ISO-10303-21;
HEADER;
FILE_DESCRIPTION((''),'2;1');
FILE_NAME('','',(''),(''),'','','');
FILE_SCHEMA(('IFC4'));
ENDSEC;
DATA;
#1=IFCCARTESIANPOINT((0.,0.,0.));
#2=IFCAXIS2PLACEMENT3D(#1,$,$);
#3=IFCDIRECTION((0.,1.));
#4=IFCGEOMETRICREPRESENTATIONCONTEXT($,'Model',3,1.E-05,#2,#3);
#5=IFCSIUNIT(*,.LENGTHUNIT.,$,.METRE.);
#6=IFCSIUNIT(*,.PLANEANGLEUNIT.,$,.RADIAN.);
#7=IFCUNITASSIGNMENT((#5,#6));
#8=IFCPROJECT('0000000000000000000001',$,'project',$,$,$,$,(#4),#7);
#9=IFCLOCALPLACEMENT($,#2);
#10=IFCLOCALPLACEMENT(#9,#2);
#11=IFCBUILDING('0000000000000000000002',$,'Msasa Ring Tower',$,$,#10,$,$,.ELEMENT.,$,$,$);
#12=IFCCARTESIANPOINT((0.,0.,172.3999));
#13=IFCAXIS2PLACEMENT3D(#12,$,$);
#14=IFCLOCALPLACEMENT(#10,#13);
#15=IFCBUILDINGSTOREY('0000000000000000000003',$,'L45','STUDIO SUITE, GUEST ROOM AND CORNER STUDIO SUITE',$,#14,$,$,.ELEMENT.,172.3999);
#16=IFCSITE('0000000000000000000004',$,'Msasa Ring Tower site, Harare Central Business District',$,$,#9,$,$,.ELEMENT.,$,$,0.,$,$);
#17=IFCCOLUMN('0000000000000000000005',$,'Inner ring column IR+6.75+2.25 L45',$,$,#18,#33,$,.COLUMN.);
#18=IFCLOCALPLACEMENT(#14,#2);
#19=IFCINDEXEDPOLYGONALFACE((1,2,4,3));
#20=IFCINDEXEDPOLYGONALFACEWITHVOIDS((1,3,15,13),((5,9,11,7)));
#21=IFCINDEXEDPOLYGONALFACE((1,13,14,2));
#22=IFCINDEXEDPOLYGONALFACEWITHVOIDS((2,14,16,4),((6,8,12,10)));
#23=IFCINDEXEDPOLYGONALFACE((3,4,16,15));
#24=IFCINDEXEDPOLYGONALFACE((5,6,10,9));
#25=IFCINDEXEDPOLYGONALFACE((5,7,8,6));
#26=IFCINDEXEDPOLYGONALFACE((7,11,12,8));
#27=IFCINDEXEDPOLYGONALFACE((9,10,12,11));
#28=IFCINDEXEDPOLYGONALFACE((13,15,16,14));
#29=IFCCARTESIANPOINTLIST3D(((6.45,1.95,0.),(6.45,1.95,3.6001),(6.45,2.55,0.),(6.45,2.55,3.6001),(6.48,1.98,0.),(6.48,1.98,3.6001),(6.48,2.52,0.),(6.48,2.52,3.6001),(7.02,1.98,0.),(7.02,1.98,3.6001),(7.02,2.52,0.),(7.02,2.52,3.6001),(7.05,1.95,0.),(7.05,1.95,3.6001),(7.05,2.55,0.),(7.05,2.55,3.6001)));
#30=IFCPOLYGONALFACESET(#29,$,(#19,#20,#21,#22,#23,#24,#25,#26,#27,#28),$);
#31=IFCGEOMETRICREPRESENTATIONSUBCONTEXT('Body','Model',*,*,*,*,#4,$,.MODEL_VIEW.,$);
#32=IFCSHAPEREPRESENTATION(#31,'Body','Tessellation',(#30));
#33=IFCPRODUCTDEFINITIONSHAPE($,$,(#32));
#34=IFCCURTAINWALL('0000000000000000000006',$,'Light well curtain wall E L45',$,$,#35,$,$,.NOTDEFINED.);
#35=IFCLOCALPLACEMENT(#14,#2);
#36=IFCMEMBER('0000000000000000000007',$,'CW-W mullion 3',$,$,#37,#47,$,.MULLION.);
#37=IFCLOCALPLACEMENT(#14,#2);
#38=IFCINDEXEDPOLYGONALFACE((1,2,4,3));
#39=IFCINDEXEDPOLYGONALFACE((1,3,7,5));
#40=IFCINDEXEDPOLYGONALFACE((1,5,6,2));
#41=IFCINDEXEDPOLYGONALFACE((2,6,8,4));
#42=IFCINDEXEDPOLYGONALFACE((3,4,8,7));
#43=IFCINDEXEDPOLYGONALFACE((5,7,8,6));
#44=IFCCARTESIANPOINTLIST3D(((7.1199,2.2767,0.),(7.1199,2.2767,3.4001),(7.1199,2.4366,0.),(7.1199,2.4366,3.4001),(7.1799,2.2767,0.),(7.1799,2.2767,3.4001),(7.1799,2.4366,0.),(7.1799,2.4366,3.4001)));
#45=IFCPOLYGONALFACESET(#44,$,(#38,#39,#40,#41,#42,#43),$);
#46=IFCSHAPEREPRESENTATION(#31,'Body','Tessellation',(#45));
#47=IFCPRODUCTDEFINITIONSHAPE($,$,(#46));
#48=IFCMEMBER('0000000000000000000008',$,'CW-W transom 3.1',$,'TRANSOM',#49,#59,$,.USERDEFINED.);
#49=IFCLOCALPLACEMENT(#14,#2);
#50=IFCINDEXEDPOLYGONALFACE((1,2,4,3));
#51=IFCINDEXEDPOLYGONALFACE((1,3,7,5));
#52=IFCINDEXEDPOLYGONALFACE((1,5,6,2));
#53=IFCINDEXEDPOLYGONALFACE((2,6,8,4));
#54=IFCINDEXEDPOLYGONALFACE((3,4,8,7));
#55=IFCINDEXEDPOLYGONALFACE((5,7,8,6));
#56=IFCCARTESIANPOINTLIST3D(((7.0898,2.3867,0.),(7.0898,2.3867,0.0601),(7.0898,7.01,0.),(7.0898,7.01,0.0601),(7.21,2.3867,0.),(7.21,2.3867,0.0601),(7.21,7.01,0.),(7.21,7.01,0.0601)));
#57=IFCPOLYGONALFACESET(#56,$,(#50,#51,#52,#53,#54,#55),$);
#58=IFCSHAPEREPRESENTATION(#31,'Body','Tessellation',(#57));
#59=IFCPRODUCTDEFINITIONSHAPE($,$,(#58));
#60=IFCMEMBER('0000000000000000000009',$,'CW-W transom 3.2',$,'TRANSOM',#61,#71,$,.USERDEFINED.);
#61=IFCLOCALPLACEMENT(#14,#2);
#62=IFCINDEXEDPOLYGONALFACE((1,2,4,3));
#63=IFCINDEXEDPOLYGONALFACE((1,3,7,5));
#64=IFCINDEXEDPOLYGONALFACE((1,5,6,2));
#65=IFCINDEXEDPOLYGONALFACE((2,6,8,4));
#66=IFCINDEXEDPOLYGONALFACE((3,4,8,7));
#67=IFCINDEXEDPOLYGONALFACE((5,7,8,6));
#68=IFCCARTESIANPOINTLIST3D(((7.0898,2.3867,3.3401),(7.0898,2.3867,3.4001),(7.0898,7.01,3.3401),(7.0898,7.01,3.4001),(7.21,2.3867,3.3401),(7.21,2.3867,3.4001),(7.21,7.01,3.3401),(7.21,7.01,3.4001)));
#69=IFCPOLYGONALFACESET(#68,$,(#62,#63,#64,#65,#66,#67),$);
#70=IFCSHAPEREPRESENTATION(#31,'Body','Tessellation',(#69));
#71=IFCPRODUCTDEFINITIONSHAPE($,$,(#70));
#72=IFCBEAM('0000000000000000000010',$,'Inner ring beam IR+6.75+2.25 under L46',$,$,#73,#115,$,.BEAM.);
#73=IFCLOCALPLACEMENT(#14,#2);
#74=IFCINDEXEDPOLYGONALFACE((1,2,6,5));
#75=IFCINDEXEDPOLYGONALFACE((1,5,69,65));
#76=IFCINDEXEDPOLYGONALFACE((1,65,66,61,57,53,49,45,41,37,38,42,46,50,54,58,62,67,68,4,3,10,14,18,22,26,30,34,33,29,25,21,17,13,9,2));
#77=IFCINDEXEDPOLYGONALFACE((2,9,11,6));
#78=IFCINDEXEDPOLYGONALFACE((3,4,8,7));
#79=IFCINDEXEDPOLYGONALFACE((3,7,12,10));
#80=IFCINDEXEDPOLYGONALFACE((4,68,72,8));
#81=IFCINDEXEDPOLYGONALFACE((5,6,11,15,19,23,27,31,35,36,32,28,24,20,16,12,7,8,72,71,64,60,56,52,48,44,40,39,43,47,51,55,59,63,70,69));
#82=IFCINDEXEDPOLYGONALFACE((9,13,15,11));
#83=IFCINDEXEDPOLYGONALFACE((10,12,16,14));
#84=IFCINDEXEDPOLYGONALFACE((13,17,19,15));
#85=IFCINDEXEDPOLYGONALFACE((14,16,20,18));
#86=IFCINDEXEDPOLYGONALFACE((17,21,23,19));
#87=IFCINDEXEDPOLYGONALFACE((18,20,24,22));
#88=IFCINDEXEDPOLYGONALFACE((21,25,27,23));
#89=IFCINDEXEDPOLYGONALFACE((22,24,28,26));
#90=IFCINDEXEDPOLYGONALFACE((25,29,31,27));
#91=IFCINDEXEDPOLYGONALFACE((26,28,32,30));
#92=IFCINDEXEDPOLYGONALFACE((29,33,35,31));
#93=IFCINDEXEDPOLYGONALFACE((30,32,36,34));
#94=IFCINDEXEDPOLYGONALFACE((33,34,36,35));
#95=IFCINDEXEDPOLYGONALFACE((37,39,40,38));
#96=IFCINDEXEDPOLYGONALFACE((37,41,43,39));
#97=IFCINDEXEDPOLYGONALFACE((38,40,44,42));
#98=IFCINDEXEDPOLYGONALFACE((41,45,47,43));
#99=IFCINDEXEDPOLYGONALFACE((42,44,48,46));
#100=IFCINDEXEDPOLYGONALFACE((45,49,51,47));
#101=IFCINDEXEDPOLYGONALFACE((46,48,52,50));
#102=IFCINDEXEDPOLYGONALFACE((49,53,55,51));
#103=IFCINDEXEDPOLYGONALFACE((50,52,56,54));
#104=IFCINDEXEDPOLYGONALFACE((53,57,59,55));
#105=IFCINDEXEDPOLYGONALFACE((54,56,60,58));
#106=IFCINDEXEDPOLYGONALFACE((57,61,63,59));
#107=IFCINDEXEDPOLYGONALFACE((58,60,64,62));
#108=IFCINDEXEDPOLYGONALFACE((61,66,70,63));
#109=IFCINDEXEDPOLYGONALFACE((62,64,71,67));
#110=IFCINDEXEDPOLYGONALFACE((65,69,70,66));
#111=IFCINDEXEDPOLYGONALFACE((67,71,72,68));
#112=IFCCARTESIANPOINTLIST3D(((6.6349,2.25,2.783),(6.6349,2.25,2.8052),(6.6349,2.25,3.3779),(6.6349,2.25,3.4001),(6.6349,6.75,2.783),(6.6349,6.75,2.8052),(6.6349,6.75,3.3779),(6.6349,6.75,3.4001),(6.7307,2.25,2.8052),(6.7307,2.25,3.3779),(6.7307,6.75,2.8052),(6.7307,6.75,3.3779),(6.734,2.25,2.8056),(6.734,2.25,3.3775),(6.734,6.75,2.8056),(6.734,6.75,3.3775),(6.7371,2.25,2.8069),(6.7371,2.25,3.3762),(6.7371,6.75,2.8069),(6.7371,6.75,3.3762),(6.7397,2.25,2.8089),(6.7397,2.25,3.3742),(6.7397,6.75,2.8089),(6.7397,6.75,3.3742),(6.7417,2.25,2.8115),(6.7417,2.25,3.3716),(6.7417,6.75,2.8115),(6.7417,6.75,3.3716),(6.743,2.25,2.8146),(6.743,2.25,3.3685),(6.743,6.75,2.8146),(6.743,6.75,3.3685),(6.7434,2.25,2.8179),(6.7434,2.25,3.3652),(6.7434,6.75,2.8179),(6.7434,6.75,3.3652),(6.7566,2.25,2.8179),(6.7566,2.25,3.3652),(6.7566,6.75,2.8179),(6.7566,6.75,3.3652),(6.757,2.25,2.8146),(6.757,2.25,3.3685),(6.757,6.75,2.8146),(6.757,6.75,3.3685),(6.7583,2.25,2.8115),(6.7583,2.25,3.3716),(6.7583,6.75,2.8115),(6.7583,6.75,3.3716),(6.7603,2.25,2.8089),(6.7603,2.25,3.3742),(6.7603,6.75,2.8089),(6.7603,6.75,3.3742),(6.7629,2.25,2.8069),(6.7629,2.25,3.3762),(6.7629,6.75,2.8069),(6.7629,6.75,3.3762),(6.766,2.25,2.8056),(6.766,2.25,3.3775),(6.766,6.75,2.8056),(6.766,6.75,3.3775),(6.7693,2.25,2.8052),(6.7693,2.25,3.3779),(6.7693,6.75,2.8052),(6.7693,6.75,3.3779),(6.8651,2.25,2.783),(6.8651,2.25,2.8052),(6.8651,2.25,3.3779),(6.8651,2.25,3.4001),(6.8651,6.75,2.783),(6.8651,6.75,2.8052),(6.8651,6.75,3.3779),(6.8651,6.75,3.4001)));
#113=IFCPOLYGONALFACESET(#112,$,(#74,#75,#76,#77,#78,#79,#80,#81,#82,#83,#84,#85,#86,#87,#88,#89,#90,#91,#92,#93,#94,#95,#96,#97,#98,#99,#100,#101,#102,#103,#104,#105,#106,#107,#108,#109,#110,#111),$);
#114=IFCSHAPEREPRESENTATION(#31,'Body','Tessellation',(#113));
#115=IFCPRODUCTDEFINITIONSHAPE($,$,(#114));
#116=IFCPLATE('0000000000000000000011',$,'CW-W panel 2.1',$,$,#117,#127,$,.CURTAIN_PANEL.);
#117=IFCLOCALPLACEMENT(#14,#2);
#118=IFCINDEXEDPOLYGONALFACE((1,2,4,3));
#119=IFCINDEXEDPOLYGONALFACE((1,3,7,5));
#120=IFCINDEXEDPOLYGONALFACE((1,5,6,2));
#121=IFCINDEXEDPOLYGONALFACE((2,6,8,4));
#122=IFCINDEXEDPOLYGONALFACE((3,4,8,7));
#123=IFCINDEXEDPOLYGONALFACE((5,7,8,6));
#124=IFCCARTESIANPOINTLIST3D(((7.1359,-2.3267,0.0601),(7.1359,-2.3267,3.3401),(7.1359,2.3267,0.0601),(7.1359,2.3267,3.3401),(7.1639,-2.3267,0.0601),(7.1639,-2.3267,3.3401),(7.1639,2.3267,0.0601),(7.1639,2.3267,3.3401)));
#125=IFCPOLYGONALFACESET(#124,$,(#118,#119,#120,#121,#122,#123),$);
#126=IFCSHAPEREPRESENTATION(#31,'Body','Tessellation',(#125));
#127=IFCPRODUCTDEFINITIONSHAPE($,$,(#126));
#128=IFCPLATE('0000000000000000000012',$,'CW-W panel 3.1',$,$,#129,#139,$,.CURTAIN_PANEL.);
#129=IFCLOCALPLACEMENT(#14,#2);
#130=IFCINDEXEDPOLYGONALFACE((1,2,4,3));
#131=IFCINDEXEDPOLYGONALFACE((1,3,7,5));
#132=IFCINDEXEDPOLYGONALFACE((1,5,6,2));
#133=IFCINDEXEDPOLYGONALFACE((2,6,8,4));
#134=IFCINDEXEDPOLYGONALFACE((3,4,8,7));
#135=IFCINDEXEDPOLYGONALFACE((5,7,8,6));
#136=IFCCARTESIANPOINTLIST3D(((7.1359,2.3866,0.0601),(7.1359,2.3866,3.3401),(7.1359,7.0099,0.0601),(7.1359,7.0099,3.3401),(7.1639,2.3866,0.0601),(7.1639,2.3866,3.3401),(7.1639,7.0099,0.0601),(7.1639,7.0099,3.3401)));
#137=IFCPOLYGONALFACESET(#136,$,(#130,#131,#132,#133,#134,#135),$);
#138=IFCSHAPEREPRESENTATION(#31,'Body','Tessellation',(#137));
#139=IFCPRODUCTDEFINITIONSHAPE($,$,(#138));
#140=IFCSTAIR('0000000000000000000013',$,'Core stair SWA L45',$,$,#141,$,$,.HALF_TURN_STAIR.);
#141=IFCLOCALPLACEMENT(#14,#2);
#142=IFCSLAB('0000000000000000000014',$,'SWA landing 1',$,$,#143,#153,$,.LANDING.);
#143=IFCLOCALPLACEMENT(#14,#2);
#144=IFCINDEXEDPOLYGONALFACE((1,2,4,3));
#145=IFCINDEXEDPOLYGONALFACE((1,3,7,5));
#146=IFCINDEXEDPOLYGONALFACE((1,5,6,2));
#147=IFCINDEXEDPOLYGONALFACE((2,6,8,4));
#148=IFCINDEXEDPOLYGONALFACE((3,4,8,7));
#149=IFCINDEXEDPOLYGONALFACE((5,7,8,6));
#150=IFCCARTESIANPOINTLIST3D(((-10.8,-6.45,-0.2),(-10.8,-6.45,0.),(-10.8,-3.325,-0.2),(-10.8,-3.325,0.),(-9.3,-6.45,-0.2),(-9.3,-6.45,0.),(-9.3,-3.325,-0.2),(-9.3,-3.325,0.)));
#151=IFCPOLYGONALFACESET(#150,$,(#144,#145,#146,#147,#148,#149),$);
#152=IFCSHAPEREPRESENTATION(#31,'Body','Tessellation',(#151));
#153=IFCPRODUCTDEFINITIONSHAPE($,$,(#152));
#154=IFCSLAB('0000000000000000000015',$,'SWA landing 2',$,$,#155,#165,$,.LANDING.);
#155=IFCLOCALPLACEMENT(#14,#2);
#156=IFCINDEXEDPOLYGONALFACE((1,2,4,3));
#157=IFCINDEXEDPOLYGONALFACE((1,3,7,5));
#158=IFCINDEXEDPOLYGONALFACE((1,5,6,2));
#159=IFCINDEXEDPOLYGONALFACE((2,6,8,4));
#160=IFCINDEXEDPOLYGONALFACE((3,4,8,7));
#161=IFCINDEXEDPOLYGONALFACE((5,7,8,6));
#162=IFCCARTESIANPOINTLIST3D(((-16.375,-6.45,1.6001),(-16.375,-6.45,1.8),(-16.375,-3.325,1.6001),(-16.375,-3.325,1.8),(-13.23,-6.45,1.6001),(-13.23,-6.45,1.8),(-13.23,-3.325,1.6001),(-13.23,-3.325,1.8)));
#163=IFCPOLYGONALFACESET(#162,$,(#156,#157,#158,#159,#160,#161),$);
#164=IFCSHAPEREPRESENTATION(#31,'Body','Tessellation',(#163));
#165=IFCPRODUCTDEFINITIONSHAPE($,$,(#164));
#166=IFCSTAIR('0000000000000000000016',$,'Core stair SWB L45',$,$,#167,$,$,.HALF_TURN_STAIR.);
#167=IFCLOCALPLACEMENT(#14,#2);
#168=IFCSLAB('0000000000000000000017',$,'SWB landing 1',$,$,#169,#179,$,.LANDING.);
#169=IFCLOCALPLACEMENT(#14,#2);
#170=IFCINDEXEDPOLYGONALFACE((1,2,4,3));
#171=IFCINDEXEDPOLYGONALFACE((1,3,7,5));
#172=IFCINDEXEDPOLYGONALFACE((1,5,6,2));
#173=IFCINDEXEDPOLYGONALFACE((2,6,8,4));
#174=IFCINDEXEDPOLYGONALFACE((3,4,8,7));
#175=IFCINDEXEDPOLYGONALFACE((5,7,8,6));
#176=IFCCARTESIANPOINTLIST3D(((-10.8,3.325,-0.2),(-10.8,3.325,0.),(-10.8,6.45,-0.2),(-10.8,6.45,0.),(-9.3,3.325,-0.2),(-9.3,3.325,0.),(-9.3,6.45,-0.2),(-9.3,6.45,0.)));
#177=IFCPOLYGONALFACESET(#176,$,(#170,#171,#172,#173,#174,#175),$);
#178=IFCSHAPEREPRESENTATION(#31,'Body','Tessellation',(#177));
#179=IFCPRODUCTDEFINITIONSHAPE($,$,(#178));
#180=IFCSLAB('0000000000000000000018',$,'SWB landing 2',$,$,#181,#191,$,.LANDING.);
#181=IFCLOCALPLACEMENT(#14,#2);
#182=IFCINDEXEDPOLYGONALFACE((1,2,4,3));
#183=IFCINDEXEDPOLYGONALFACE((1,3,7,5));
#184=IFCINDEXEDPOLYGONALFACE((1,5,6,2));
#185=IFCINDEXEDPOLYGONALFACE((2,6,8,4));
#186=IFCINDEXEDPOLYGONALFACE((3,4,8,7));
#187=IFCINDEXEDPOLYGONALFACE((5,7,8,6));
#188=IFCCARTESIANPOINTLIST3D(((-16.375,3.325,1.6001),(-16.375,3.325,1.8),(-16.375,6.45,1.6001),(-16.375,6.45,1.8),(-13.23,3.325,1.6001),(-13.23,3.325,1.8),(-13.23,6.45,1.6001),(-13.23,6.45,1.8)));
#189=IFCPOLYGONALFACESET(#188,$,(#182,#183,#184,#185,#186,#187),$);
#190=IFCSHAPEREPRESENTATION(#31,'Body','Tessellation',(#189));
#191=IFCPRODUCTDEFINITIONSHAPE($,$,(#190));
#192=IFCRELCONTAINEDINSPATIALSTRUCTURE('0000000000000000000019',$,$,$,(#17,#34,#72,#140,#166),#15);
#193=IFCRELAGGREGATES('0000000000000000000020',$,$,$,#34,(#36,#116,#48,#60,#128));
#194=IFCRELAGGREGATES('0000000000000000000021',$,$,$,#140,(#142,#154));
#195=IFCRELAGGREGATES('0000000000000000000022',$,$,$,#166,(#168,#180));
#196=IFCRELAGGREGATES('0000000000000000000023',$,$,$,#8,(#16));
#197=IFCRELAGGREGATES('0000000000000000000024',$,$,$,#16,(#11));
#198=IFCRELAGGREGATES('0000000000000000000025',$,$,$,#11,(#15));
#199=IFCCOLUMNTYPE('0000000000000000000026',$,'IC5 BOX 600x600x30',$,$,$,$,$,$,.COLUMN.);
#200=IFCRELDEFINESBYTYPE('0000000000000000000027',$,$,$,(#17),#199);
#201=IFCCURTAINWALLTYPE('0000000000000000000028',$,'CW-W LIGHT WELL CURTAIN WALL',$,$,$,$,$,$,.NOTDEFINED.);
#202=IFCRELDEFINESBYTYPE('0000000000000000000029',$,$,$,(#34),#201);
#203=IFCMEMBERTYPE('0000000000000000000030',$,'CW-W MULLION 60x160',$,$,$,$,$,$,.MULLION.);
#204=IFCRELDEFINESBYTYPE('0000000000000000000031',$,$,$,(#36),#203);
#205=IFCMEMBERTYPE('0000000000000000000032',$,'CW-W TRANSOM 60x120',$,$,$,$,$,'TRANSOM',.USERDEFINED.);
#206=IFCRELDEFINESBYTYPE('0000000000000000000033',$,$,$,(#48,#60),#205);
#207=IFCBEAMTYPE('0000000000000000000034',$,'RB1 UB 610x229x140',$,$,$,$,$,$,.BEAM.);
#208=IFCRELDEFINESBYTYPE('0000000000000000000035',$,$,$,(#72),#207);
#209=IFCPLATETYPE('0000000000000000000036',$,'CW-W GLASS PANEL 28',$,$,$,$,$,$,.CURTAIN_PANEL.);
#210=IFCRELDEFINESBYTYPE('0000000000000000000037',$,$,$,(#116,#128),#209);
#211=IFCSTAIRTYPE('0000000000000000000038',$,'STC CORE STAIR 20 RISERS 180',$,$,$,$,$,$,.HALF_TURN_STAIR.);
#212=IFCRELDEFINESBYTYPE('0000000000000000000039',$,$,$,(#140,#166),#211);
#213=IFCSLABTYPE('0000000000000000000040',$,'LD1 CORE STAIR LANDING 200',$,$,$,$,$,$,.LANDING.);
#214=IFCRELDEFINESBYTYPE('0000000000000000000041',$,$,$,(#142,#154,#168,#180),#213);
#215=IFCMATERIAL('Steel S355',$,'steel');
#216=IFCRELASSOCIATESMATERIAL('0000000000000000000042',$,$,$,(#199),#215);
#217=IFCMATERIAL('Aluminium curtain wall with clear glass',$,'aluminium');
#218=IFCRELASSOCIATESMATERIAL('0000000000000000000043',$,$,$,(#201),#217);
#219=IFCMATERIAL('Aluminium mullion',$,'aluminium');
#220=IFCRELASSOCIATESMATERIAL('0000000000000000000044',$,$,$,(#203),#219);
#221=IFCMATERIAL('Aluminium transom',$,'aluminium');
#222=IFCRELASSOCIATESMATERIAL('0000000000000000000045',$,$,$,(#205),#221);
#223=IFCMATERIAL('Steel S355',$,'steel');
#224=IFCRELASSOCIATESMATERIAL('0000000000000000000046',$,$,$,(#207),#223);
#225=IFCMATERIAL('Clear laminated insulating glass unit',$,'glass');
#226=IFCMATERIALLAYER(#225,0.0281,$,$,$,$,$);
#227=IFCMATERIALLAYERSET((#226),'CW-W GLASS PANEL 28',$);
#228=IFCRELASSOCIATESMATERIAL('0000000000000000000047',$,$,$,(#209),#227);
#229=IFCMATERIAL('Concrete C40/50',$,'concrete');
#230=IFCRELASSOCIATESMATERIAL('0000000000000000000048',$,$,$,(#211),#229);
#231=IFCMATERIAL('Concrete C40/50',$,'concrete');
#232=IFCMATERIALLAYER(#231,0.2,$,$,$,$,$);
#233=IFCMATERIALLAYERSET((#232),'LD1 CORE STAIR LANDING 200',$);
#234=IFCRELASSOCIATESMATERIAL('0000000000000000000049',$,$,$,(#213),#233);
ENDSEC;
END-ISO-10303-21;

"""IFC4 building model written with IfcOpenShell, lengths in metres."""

from ifc_helpers import new_model, si_unit, direction, frame, origin, origin_2d, place, context, subcontext, project, spatial, polyline, rectangle, hollow_rectangle, i_section, outline, extrude, material, layer, layer_set, material_profile, profile_set, type_object, element, aggregate, save


model = new_model("IFC4")

# Units and contexts
model_context = context("Model", 3, precision=1e-05, world=origin(), true_north=direction((0.0, 1.0)))
body_context = subcontext(model_context, "Body", "Model", "MODEL_VIEW")
ifc_project = project(units=[si_unit("LENGTHUNIT", "METRE"), si_unit("PLANEANGLEUNIT", "RADIAN")], contexts=[model_context])

# Site, building, storey
site_placement = place(None, origin())
site = spatial("IfcSite", under=ifc_project, at=site_placement, Name="Msasa Ring Tower site, Harare Central Business District", CompositionType="ELEMENT", RefElevation=0.0)
building_placement = place(site_placement, origin())
building = spatial("IfcBuilding", under=site, at=building_placement, Name="Msasa Ring Tower", CompositionType="ELEMENT")
storey_placement = place(building_placement, frame((0.0, 0.0, 172.3999)))
storey = spatial("IfcBuildingStorey", under=building, at=storey_placement, Name="L45", Description="STUDIO SUITE, GUEST ROOM AND CORNER STUDIO SUITE", CompositionType="ELEMENT", Elevation=172.3999)

# Column
ifc_material_1 = material(Name="Steel S355", Category="steel")
ifc_material_profile_1 = material_profile(ifc_material_1, hollow_rectangle(XDim=0.6001, YDim=0.6001, WallThickness=0.03, at=origin_2d()), Name="BOX 600x600x30")
ifc_profile_set_1 = profile_set([ifc_material_profile_1], Name="Steel S355")
column_type = type_object("IfcColumnType", Name="IC5 BOX 600x600x30", PredefinedType="COLUMN", material=ifc_profile_set_1)
column_placement = place(storey_placement, frame((6.75, 2.25, 0.0), z_axis=(0.0, 0.0, 1.0), x_axis=(1.0, 0.0, 0.0)))
element("IfcColumn", 1, at=column_placement, inside=storey, type_object=column_type, Name="Inner ring column IR+6.75+2.25 L45", PredefinedType="COLUMN", context=body_context, shape_type="SweptSolid", body=[
    extrude(hollow_rectangle(XDim=0.6001, YDim=0.6001, WallThickness=0.03, at=origin_2d()), origin(), (0.0, 0.0, 1.0), 3.6001),
])

# Curtain wall, members
ifc_material_2 = material(Name="Aluminium curtain wall with clear glass", Category="aluminium")
curtain_wall_type = type_object("IfcCurtainWallType", Name="CW-W LIGHT WELL CURTAIN WALL", PredefinedType="NOTDEFINED", material=ifc_material_2)
curtain_wall_placement = place(storey_placement, origin())
curtain_wall = element("IfcCurtainWall", 2, at=curtain_wall_placement, inside=storey, type_object=curtain_wall_type, Name="Light well curtain wall E L45", PredefinedType="NOTDEFINED")
ifc_material_3 = material(Name="Aluminium mullion", Category="aluminium")
ifc_material_profile_2 = material_profile(ifc_material_3, rectangle(XDim=0.0601, YDim=0.1599, at=origin_2d()), Name="AL 60x160")
ifc_profile_set_2 = profile_set([ifc_material_profile_2], Name="Aluminium mullion")
member_type_1 = type_object("IfcMemberType", Name="CW-W MULLION 60x160", PredefinedType="MULLION", material=ifc_profile_set_2)
member_1_placement = place(storey_placement, frame((7.1499, 2.3567, 0.0), z_axis=(0.0, 0.0, 1.0), x_axis=(-1.0, 0.0, 0.0)))
member_1 = element("IfcMember", 3, at=member_1_placement, type_object=member_type_1, Name="CW-W mullion 3", PredefinedType="MULLION", context=body_context, shape_type="SweptSolid", body=[
    extrude(rectangle(XDim=0.0601, YDim=0.1599, at=origin_2d()), origin(), (0.0, 0.0, 1.0), 3.4001),
])
ifc_material_4 = material(Name="Aluminium transom", Category="aluminium")
ifc_material_profile_3 = material_profile(ifc_material_4, rectangle(XDim=0.1201, YDim=0.0601, at=origin_2d()), Name="AL 60x120")
ifc_profile_set_3 = profile_set([ifc_material_profile_3], Name="Aluminium transom")
member_type_2 = type_object("IfcMemberType", Name="CW-W TRANSOM 60x120", ElementType="TRANSOM", PredefinedType="USERDEFINED", material=ifc_profile_set_3)
member_2_placement = place(storey_placement, frame((7.1499, 2.3867, 0.03), z_axis=(0.0, 1.0, 0.0), x_axis=(-1.0, 0.0, 0.0)))
member_2 = element("IfcMember", 4, at=member_2_placement, type_object=member_type_2, Name="CW-W transom 3.1", ObjectType="TRANSOM", PredefinedType="USERDEFINED", context=body_context, shape_type="SweptSolid", body=[
    extrude(rectangle(XDim=0.1201, YDim=0.0601, at=origin_2d()), origin(), (0.0, 0.0, 1.0), 4.6233),
])
member_3_placement = place(storey_placement, frame((7.1499, 2.3867, 3.3701), z_axis=(0.0, 1.0, 0.0), x_axis=(-1.0, 0.0, 0.0)))
member_3 = element("IfcMember", 5, at=member_3_placement, type_object=member_type_2, Name="CW-W transom 3.2", ObjectType="TRANSOM", PredefinedType="USERDEFINED", context=body_context, shape_type="SweptSolid", body=[
    extrude(rectangle(XDim=0.1201, YDim=0.0601, at=origin_2d()), origin(), (0.0, 0.0, 1.0), 4.6233),
])

# Beam
ifc_material_5 = material(Name="Steel S355", Category="steel")
ifc_material_profile_4 = material_profile(ifc_material_5, i_section(OverallWidth=0.2302, OverallDepth=0.6172, WebThickness=0.0132, FlangeThickness=0.0222, FilletRadius=0.0127, at=origin_2d()), Name="UB 610x229x140")
ifc_profile_set_4 = profile_set([ifc_material_profile_4], Name="Steel S355")
beam_type = type_object("IfcBeamType", Name="RB1 UB 610x229x140", PredefinedType="BEAM", material=ifc_profile_set_4)
beam_placement = place(storey_placement, frame((6.75, 2.25, 3.0916), z_axis=(0.0, 1.0, 0.0), x_axis=(-1.0, 0.0, 0.0)))
element("IfcBeam", 6, at=beam_placement, inside=storey, type_object=beam_type, Name="Inner ring beam IR+6.75+2.25 under L46", PredefinedType="BEAM", context=body_context, shape_type="SweptSolid", body=[
    extrude(i_section(OverallWidth=0.2302, OverallDepth=0.6172, WebThickness=0.0132, FlangeThickness=0.0222, FilletRadius=0.0127, at=origin_2d()), origin(), (0.0, 0.0, 1.0), 4.5),
])

# Plates
ifc_material_6 = material(Name="Clear laminated insulating glass unit", Category="glass")
ifc_layer_1 = layer(ifc_material_6, 0.0281)
ifc_layer_set_1 = layer_set([ifc_layer_1], Name="CW-W GLASS PANEL 28")
plate_type = type_object("IfcPlateType", Name="CW-W GLASS PANEL 28", PredefinedType="CURTAIN_PANEL", material=ifc_layer_set_1)
plate_1_placement = place(storey_placement, frame((7.1499, 0.0, 0.0601), z_axis=(0.0, 0.0, 1.0), x_axis=(0.0, 1.0, 0.0)))
plate_1 = element("IfcPlate", 7, at=plate_1_placement, type_object=plate_type, Name="CW-W panel 2.1", PredefinedType="CURTAIN_PANEL", context=body_context, shape_type="SweptSolid", body=[
    extrude(rectangle(XDim=4.6533, YDim=0.0281, at=origin_2d()), origin(), (0.0, 0.0, 1.0), 3.28),
])
plate_2_placement = place(storey_placement, frame((7.1499, 4.6982, 0.0601), z_axis=(0.0, 0.0, 1.0), x_axis=(0.0, 1.0, 0.0)))
plate_2 = element("IfcPlate", 8, at=plate_2_placement, type_object=plate_type, Name="CW-W panel 3.1", PredefinedType="CURTAIN_PANEL", context=body_context, shape_type="SweptSolid", body=[
    extrude(rectangle(XDim=4.6233, YDim=0.0281, at=origin_2d()), origin(), (0.0, 0.0, 1.0), 3.28),
])
aggregate(curtain_wall, [member_1, plate_1, member_2, member_3, plate_2])

# Stairs, slabs
ifc_material_7 = material(Name="Concrete C40/50", Category="concrete")
stair_type = type_object("IfcStairType", Name="STC CORE STAIR 20 RISERS 180", PredefinedType="HALF_TURN_STAIR", material=ifc_material_7)
stair_1_placement = place(storey_placement, origin())
stair_1 = element("IfcStair", 9, at=stair_1_placement, inside=storey, type_object=stair_type, Name="Core stair SWA L45", PredefinedType="HALF_TURN_STAIR")
ifc_material_8 = material(Name="Concrete C40/50", Category="concrete")
ifc_layer_2 = layer(ifc_material_8, 0.2)
ifc_layer_set_2 = layer_set([ifc_layer_2], Name="LD1 CORE STAIR LANDING 200")
slab_type = type_object("IfcSlabType", Name="LD1 CORE STAIR LANDING 200", PredefinedType="LANDING", material=ifc_layer_set_2)
slab_1_placement = place(storey_placement, frame((0.0, 0.0, -0.2)))
slab_1 = element("IfcSlab", 10, at=slab_1_placement, type_object=slab_type, Name="SWA landing 1", PredefinedType="LANDING", context=body_context, shape_type="SweptSolid", body=[
    extrude(outline(polyline([(-10.8, -6.45), (-9.3, -6.45), (-9.3, -3.325), (-10.8, -3.325), (-10.8, -6.45)])), origin(), (0.0, 0.0, 1.0), 0.2),
])
slab_2_placement = place(storey_placement, frame((0.0, 0.0, 1.6001)))
slab_2 = element("IfcSlab", 11, at=slab_2_placement, type_object=slab_type, Name="SWA landing 2", PredefinedType="LANDING", context=body_context, shape_type="SweptSolid", body=[
    extrude(outline(polyline([(-16.375, -6.45), (-13.23, -6.45), (-13.23, -3.325), (-16.375, -3.325), (-16.375, -6.45)])), origin(), (0.0, 0.0, 1.0), 0.2),
])
aggregate(stair_1, [slab_1, slab_2])
stair_2_placement = place(storey_placement, origin())
stair_2 = element("IfcStair", 12, at=stair_2_placement, inside=storey, type_object=stair_type, Name="Core stair SWB L45", PredefinedType="HALF_TURN_STAIR")
slab_3_placement = place(storey_placement, frame((0.0, 0.0, -0.2)))
slab_3 = element("IfcSlab", 13, at=slab_3_placement, type_object=slab_type, Name="SWB landing 1", PredefinedType="LANDING", context=body_context, shape_type="SweptSolid", body=[
    extrude(outline(polyline([(-10.8, 3.325), (-9.3, 3.325), (-9.3, 6.45), (-10.8, 6.45), (-10.8, 3.325)])), origin(), (0.0, 0.0, 1.0), 0.2),
])
slab_4_placement = place(storey_placement, frame((0.0, 0.0, 1.6001)))
slab_4 = element("IfcSlab", 14, at=slab_4_placement, type_object=slab_type, Name="SWB landing 2", PredefinedType="LANDING", context=body_context, shape_type="SweptSolid", body=[
    extrude(outline(polyline([(-16.375, 3.325), (-13.23, 3.325), (-13.23, 6.45), (-16.375, 6.45), (-16.375, 3.325)])), origin(), (0.0, 0.0, 1.0), 0.2),
])
aggregate(stair_2, [slab_3, slab_4])

save(model, "model.ifc")
